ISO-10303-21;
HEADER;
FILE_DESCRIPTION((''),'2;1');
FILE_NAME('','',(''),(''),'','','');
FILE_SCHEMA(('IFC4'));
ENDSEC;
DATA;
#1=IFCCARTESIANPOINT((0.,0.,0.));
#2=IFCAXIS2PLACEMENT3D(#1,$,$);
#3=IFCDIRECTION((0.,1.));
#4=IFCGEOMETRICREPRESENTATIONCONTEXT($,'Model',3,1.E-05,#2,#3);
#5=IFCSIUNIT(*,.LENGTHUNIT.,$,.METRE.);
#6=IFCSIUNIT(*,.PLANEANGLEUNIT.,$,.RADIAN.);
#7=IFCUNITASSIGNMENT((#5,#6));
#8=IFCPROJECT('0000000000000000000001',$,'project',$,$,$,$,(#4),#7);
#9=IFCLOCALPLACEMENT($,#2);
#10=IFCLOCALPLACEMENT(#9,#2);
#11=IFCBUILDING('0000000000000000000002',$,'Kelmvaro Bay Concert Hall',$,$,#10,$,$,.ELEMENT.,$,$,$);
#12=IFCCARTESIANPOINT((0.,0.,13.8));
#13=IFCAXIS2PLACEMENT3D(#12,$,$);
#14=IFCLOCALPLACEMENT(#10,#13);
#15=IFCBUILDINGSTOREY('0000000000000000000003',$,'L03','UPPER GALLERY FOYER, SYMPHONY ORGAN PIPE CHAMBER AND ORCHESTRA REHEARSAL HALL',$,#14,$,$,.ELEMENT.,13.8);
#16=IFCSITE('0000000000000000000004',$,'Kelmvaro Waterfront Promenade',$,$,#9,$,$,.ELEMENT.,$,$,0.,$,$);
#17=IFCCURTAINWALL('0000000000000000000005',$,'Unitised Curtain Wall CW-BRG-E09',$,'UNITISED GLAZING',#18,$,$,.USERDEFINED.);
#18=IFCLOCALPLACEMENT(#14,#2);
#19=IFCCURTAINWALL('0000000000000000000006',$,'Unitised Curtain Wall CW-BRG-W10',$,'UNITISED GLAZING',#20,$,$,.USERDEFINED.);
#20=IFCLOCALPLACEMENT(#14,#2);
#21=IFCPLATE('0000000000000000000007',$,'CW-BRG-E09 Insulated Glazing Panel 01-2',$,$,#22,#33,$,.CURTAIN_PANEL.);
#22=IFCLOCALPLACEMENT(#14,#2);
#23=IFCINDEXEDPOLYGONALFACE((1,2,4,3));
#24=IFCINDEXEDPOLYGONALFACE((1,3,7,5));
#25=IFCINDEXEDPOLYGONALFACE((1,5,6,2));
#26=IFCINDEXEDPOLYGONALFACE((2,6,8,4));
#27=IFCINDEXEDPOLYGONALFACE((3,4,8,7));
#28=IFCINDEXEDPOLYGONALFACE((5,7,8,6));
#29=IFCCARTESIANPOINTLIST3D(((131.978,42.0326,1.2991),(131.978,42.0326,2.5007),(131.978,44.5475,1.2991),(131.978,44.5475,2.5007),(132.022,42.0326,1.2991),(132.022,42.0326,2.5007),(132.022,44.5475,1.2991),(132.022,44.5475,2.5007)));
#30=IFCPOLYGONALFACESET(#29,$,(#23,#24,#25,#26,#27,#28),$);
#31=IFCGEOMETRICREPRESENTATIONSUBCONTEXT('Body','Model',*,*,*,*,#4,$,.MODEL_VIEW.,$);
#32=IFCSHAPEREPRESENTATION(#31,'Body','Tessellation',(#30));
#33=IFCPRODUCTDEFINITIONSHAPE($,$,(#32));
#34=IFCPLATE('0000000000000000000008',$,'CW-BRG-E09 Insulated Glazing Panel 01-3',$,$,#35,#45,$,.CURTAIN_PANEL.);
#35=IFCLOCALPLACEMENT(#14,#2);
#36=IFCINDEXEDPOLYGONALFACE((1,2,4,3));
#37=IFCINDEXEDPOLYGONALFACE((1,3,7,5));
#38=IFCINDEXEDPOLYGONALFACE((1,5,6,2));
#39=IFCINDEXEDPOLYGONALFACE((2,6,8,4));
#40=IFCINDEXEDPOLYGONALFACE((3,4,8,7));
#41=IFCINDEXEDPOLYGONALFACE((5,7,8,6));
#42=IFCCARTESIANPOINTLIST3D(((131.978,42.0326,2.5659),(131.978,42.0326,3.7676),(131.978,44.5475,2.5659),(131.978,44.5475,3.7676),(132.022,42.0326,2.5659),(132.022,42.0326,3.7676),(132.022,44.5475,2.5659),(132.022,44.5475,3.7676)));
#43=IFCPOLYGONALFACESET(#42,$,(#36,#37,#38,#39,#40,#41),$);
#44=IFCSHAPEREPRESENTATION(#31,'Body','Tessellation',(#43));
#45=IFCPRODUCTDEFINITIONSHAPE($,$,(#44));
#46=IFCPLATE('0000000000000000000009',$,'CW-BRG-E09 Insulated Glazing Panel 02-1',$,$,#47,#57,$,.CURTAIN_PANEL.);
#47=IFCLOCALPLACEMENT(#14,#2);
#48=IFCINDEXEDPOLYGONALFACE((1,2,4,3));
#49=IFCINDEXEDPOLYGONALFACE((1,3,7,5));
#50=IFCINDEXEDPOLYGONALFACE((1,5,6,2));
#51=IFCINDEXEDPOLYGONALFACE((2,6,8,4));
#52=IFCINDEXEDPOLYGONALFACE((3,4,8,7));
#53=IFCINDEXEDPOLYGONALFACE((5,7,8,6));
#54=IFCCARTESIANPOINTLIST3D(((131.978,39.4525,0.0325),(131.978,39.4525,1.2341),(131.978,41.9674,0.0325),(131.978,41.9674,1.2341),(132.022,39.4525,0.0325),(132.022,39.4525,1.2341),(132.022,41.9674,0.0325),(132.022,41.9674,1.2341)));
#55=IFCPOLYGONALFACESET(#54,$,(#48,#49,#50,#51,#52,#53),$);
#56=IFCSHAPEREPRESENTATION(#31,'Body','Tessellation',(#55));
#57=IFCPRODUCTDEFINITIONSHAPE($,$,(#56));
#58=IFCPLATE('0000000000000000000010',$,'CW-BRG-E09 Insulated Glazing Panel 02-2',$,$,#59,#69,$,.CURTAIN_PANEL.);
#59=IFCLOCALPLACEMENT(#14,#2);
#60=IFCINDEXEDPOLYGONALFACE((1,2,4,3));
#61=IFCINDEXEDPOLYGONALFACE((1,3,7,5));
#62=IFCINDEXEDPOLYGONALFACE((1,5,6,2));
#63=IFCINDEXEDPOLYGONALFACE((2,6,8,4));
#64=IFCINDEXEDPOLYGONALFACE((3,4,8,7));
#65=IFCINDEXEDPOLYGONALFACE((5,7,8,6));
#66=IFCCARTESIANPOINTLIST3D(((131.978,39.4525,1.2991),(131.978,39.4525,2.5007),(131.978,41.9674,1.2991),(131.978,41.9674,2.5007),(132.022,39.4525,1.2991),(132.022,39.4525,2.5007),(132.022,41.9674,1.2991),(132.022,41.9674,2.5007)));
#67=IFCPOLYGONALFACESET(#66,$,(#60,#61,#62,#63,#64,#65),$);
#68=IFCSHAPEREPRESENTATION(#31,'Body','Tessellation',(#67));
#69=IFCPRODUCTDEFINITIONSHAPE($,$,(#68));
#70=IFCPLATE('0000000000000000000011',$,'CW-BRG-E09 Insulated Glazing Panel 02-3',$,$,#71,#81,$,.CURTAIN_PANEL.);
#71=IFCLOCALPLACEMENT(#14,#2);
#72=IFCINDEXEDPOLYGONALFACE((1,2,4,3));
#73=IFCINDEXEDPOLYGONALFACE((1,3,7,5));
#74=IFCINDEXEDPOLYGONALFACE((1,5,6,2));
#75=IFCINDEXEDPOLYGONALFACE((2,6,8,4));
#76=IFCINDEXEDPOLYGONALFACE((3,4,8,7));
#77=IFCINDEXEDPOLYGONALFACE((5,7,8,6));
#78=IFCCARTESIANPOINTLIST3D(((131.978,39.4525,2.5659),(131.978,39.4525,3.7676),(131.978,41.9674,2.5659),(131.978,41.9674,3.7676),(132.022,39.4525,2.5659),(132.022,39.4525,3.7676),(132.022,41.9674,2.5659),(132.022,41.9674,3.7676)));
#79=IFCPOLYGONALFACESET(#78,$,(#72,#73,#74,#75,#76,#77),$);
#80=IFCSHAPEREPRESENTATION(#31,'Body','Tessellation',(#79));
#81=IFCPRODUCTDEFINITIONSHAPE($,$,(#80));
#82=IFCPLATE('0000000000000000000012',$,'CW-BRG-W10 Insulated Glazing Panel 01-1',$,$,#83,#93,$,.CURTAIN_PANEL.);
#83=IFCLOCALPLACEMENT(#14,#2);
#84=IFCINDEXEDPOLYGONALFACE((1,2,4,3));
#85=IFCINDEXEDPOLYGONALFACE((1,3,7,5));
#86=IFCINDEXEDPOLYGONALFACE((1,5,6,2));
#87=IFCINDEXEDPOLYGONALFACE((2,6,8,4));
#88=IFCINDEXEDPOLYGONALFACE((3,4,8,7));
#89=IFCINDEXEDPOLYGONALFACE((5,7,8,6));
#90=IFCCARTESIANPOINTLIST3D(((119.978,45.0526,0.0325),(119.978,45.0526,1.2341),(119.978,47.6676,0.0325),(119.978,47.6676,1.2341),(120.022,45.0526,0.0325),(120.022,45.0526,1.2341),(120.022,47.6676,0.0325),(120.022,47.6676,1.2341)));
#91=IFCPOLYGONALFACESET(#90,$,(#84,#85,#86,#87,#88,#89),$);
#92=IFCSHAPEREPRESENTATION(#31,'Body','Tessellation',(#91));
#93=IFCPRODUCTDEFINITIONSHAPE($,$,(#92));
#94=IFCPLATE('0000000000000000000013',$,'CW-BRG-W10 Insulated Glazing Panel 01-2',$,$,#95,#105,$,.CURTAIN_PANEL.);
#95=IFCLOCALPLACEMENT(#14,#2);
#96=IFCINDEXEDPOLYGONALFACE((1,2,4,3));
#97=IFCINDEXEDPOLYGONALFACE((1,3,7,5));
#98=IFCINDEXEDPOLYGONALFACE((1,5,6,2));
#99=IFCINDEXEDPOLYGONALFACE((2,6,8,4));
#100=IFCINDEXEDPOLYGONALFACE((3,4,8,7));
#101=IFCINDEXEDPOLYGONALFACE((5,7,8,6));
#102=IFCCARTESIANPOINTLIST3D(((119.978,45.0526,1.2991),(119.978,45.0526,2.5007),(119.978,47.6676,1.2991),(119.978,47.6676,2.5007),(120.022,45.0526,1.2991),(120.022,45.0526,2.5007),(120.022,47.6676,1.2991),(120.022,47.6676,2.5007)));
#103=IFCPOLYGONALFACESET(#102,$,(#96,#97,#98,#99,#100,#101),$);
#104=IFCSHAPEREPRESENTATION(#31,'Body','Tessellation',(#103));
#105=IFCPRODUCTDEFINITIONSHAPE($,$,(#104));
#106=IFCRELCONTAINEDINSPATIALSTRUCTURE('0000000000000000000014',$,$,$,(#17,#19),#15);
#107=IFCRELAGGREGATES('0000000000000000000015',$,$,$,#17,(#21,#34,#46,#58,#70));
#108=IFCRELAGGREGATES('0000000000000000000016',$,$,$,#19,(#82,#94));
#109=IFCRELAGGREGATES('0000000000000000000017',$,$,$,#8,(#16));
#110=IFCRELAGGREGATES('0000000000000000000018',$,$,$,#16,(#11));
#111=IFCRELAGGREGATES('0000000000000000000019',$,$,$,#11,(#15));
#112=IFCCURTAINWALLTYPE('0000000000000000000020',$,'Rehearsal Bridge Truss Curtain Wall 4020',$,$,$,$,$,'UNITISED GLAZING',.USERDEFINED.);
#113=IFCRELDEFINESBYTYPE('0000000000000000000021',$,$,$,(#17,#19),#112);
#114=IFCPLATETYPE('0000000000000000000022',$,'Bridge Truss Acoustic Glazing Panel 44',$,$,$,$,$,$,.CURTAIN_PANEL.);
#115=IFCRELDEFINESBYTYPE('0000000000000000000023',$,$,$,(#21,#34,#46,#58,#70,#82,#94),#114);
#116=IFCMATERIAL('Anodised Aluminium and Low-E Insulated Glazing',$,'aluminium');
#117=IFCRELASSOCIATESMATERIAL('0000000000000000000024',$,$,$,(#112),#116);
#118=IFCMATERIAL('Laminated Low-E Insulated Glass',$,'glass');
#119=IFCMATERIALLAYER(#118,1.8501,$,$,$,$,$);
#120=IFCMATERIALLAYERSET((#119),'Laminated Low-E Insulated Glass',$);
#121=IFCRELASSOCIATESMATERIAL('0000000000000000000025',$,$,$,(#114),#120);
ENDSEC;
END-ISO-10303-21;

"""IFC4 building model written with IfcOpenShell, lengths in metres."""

from ifc_helpers import new_model, si_unit, direction, frame, origin, origin_2d, place, context, subcontext, project, spatial, rectangle, extrude, material, layer, layer_set, type_object, element, aggregate, save


model = new_model("IFC4")

# Units and contexts
model_context = context("Model", 3, precision=1e-05, world=origin(), true_north=direction((0.0, 1.0)))
body_context = subcontext(model_context, "Body", "Model", "MODEL_VIEW")
ifc_project = project(units=[si_unit("LENGTHUNIT", "METRE"), si_unit("PLANEANGLEUNIT", "RADIAN")], contexts=[model_context])

# Site, building, storey
site_placement = place(None, origin())
site = spatial("IfcSite", under=ifc_project, at=site_placement, Name="Kelmvaro Waterfront Promenade", CompositionType="ELEMENT", RefElevation=0.0)
building_placement = place(site_placement, origin())
building = spatial("IfcBuilding", under=site, at=building_placement, Name="Kelmvaro Bay Concert Hall", CompositionType="ELEMENT")
storey_placement = place(building_placement, frame((0.0, 0.0, 13.8)))
storey = spatial("IfcBuildingStorey", under=building, at=storey_placement, Name="L03", Description="UPPER GALLERY FOYER, SYMPHONY ORGAN PIPE CHAMBER AND ORCHESTRA REHEARSAL HALL", CompositionType="ELEMENT", Elevation=13.8)

# Curtain wall
ifc_material_1 = material(Name="Anodised Aluminium and Low-E Insulated Glazing", Category="aluminium")
curtain_wall_type = type_object("IfcCurtainWallType", Name="Rehearsal Bridge Truss Curtain Wall 4020", ElementType="UNITISED GLAZING", PredefinedType="USERDEFINED", material=ifc_material_1)
curtain_wall_1_placement = place(storey_placement, origin())
curtain_wall_1 = element("IfcCurtainWall", 1, at=curtain_wall_1_placement, inside=storey, type_object=curtain_wall_type, Name="Unitised Curtain Wall CW-BRG-E09", ObjectType="UNITISED GLAZING", PredefinedType="USERDEFINED")

# Curtain wall
curtain_wall_2_placement = place(storey_placement, origin())
curtain_wall_2 = element("IfcCurtainWall", 2, at=curtain_wall_2_placement, inside=storey, type_object=curtain_wall_type, Name="Unitised Curtain Wall CW-BRG-W10", ObjectType="UNITISED GLAZING", PredefinedType="USERDEFINED")

# Plates
ifc_material_2 = material(Name="Laminated Low-E Insulated Glass", Category="glass")
ifc_layer = layer(ifc_material_2, 1.8501)
ifc_layer_set = layer_set([ifc_layer], Name="Laminated Low-E Insulated Glass")
plate_type = type_object("IfcPlateType", Name="Bridge Truss Acoustic Glazing Panel 44", PredefinedType="CURTAIN_PANEL", material=ifc_layer_set)
plate_1_placement = place(storey_placement, frame((132.0, 43.29, 1.2991), z_axis=(0.0, 0.0, 1.0), x_axis=(0.0, -1.0, 0.0)))
plate_1 = element("IfcPlate", 3, at=plate_1_placement, type_object=plate_type, Name="CW-BRG-E09 Insulated Glazing Panel 01-2", PredefinedType="CURTAIN_PANEL", context=body_context, shape_type="SweptSolid", body=[
    extrude(rectangle(XDim=2.5149, YDim=0.0439, at=origin_2d()), origin(), (0.0, 0.0, 1.0), 1.2017),
])
plate_2_placement = place(storey_placement, frame((132.0, 43.29, 2.5659), z_axis=(0.0, 0.0, 1.0), x_axis=(0.0, -1.0, 0.0)))
plate_2 = element("IfcPlate", 4, at=plate_2_placement, type_object=plate_type, Name="CW-BRG-E09 Insulated Glazing Panel 01-3", PredefinedType="CURTAIN_PANEL", context=body_context, shape_type="SweptSolid", body=[
    extrude(rectangle(XDim=2.5149, YDim=0.0439, at=origin_2d()), origin(), (0.0, 0.0, 1.0), 1.2017),
])
plate_3_placement = place(storey_placement, frame((132.0, 40.71, 0.0325), z_axis=(0.0, 0.0, 1.0), x_axis=(0.0, -1.0, 0.0)))
plate_3 = element("IfcPlate", 5, at=plate_3_placement, type_object=plate_type, Name="CW-BRG-E09 Insulated Glazing Panel 02-1", PredefinedType="CURTAIN_PANEL", context=body_context, shape_type="SweptSolid", body=[
    extrude(rectangle(XDim=2.5149, YDim=0.0439, at=origin_2d()), origin(), (0.0, 0.0, 1.0), 1.2017),
])
plate_4_placement = place(storey_placement, frame((132.0, 40.71, 1.2991), z_axis=(0.0, 0.0, 1.0), x_axis=(0.0, -1.0, 0.0)))
plate_4 = element("IfcPlate", 6, at=plate_4_placement, type_object=plate_type, Name="CW-BRG-E09 Insulated Glazing Panel 02-2", PredefinedType="CURTAIN_PANEL", context=body_context, shape_type="SweptSolid", body=[
    extrude(rectangle(XDim=2.5149, YDim=0.0439, at=origin_2d()), origin(), (0.0, 0.0, 1.0), 1.2017),
])
plate_5_placement = place(storey_placement, frame((132.0, 40.71, 2.5659), z_axis=(0.0, 0.0, 1.0), x_axis=(0.0, -1.0, 0.0)))
plate_5 = element("IfcPlate", 7, at=plate_5_placement, type_object=plate_type, Name="CW-BRG-E09 Insulated Glazing Panel 02-3", PredefinedType="CURTAIN_PANEL", context=body_context, shape_type="SweptSolid", body=[
    extrude(rectangle(XDim=2.5149, YDim=0.0439, at=origin_2d()), origin(), (0.0, 0.0, 1.0), 1.2017),
])
aggregate(curtain_wall_1, [plate_1, plate_2, plate_3, plate_4, plate_5])
plate_6_placement = place(storey_placement, frame((120.0, 46.3601, 0.0325), z_axis=(0.0, 0.0, 1.0), x_axis=(0.0, 1.0, 0.0)))
plate_6 = element("IfcPlate", 8, at=plate_6_placement, type_object=plate_type, Name="CW-BRG-W10 Insulated Glazing Panel 01-1", PredefinedType="CURTAIN_PANEL", context=body_context, shape_type="SweptSolid", body=[
    extrude(rectangle(XDim=2.615, YDim=0.0439, at=origin_2d()), origin(), (0.0, 0.0, 1.0), 1.2017),
])
plate_7_placement = place(storey_placement, frame((120.0, 46.3601, 1.2991), z_axis=(0.0, 0.0, 1.0), x_axis=(0.0, 1.0, 0.0)))
plate_7 = element("IfcPlate", 9, at=plate_7_placement, type_object=plate_type, Name="CW-BRG-W10 Insulated Glazing Panel 01-2", PredefinedType="CURTAIN_PANEL", context=body_context, shape_type="SweptSolid", body=[
    extrude(rectangle(XDim=2.615, YDim=0.0439, at=origin_2d()), origin(), (0.0, 0.0, 1.0), 1.2017),
])
aggregate(curtain_wall_2, [plate_6, plate_7])

save(model, "model.ifc")
